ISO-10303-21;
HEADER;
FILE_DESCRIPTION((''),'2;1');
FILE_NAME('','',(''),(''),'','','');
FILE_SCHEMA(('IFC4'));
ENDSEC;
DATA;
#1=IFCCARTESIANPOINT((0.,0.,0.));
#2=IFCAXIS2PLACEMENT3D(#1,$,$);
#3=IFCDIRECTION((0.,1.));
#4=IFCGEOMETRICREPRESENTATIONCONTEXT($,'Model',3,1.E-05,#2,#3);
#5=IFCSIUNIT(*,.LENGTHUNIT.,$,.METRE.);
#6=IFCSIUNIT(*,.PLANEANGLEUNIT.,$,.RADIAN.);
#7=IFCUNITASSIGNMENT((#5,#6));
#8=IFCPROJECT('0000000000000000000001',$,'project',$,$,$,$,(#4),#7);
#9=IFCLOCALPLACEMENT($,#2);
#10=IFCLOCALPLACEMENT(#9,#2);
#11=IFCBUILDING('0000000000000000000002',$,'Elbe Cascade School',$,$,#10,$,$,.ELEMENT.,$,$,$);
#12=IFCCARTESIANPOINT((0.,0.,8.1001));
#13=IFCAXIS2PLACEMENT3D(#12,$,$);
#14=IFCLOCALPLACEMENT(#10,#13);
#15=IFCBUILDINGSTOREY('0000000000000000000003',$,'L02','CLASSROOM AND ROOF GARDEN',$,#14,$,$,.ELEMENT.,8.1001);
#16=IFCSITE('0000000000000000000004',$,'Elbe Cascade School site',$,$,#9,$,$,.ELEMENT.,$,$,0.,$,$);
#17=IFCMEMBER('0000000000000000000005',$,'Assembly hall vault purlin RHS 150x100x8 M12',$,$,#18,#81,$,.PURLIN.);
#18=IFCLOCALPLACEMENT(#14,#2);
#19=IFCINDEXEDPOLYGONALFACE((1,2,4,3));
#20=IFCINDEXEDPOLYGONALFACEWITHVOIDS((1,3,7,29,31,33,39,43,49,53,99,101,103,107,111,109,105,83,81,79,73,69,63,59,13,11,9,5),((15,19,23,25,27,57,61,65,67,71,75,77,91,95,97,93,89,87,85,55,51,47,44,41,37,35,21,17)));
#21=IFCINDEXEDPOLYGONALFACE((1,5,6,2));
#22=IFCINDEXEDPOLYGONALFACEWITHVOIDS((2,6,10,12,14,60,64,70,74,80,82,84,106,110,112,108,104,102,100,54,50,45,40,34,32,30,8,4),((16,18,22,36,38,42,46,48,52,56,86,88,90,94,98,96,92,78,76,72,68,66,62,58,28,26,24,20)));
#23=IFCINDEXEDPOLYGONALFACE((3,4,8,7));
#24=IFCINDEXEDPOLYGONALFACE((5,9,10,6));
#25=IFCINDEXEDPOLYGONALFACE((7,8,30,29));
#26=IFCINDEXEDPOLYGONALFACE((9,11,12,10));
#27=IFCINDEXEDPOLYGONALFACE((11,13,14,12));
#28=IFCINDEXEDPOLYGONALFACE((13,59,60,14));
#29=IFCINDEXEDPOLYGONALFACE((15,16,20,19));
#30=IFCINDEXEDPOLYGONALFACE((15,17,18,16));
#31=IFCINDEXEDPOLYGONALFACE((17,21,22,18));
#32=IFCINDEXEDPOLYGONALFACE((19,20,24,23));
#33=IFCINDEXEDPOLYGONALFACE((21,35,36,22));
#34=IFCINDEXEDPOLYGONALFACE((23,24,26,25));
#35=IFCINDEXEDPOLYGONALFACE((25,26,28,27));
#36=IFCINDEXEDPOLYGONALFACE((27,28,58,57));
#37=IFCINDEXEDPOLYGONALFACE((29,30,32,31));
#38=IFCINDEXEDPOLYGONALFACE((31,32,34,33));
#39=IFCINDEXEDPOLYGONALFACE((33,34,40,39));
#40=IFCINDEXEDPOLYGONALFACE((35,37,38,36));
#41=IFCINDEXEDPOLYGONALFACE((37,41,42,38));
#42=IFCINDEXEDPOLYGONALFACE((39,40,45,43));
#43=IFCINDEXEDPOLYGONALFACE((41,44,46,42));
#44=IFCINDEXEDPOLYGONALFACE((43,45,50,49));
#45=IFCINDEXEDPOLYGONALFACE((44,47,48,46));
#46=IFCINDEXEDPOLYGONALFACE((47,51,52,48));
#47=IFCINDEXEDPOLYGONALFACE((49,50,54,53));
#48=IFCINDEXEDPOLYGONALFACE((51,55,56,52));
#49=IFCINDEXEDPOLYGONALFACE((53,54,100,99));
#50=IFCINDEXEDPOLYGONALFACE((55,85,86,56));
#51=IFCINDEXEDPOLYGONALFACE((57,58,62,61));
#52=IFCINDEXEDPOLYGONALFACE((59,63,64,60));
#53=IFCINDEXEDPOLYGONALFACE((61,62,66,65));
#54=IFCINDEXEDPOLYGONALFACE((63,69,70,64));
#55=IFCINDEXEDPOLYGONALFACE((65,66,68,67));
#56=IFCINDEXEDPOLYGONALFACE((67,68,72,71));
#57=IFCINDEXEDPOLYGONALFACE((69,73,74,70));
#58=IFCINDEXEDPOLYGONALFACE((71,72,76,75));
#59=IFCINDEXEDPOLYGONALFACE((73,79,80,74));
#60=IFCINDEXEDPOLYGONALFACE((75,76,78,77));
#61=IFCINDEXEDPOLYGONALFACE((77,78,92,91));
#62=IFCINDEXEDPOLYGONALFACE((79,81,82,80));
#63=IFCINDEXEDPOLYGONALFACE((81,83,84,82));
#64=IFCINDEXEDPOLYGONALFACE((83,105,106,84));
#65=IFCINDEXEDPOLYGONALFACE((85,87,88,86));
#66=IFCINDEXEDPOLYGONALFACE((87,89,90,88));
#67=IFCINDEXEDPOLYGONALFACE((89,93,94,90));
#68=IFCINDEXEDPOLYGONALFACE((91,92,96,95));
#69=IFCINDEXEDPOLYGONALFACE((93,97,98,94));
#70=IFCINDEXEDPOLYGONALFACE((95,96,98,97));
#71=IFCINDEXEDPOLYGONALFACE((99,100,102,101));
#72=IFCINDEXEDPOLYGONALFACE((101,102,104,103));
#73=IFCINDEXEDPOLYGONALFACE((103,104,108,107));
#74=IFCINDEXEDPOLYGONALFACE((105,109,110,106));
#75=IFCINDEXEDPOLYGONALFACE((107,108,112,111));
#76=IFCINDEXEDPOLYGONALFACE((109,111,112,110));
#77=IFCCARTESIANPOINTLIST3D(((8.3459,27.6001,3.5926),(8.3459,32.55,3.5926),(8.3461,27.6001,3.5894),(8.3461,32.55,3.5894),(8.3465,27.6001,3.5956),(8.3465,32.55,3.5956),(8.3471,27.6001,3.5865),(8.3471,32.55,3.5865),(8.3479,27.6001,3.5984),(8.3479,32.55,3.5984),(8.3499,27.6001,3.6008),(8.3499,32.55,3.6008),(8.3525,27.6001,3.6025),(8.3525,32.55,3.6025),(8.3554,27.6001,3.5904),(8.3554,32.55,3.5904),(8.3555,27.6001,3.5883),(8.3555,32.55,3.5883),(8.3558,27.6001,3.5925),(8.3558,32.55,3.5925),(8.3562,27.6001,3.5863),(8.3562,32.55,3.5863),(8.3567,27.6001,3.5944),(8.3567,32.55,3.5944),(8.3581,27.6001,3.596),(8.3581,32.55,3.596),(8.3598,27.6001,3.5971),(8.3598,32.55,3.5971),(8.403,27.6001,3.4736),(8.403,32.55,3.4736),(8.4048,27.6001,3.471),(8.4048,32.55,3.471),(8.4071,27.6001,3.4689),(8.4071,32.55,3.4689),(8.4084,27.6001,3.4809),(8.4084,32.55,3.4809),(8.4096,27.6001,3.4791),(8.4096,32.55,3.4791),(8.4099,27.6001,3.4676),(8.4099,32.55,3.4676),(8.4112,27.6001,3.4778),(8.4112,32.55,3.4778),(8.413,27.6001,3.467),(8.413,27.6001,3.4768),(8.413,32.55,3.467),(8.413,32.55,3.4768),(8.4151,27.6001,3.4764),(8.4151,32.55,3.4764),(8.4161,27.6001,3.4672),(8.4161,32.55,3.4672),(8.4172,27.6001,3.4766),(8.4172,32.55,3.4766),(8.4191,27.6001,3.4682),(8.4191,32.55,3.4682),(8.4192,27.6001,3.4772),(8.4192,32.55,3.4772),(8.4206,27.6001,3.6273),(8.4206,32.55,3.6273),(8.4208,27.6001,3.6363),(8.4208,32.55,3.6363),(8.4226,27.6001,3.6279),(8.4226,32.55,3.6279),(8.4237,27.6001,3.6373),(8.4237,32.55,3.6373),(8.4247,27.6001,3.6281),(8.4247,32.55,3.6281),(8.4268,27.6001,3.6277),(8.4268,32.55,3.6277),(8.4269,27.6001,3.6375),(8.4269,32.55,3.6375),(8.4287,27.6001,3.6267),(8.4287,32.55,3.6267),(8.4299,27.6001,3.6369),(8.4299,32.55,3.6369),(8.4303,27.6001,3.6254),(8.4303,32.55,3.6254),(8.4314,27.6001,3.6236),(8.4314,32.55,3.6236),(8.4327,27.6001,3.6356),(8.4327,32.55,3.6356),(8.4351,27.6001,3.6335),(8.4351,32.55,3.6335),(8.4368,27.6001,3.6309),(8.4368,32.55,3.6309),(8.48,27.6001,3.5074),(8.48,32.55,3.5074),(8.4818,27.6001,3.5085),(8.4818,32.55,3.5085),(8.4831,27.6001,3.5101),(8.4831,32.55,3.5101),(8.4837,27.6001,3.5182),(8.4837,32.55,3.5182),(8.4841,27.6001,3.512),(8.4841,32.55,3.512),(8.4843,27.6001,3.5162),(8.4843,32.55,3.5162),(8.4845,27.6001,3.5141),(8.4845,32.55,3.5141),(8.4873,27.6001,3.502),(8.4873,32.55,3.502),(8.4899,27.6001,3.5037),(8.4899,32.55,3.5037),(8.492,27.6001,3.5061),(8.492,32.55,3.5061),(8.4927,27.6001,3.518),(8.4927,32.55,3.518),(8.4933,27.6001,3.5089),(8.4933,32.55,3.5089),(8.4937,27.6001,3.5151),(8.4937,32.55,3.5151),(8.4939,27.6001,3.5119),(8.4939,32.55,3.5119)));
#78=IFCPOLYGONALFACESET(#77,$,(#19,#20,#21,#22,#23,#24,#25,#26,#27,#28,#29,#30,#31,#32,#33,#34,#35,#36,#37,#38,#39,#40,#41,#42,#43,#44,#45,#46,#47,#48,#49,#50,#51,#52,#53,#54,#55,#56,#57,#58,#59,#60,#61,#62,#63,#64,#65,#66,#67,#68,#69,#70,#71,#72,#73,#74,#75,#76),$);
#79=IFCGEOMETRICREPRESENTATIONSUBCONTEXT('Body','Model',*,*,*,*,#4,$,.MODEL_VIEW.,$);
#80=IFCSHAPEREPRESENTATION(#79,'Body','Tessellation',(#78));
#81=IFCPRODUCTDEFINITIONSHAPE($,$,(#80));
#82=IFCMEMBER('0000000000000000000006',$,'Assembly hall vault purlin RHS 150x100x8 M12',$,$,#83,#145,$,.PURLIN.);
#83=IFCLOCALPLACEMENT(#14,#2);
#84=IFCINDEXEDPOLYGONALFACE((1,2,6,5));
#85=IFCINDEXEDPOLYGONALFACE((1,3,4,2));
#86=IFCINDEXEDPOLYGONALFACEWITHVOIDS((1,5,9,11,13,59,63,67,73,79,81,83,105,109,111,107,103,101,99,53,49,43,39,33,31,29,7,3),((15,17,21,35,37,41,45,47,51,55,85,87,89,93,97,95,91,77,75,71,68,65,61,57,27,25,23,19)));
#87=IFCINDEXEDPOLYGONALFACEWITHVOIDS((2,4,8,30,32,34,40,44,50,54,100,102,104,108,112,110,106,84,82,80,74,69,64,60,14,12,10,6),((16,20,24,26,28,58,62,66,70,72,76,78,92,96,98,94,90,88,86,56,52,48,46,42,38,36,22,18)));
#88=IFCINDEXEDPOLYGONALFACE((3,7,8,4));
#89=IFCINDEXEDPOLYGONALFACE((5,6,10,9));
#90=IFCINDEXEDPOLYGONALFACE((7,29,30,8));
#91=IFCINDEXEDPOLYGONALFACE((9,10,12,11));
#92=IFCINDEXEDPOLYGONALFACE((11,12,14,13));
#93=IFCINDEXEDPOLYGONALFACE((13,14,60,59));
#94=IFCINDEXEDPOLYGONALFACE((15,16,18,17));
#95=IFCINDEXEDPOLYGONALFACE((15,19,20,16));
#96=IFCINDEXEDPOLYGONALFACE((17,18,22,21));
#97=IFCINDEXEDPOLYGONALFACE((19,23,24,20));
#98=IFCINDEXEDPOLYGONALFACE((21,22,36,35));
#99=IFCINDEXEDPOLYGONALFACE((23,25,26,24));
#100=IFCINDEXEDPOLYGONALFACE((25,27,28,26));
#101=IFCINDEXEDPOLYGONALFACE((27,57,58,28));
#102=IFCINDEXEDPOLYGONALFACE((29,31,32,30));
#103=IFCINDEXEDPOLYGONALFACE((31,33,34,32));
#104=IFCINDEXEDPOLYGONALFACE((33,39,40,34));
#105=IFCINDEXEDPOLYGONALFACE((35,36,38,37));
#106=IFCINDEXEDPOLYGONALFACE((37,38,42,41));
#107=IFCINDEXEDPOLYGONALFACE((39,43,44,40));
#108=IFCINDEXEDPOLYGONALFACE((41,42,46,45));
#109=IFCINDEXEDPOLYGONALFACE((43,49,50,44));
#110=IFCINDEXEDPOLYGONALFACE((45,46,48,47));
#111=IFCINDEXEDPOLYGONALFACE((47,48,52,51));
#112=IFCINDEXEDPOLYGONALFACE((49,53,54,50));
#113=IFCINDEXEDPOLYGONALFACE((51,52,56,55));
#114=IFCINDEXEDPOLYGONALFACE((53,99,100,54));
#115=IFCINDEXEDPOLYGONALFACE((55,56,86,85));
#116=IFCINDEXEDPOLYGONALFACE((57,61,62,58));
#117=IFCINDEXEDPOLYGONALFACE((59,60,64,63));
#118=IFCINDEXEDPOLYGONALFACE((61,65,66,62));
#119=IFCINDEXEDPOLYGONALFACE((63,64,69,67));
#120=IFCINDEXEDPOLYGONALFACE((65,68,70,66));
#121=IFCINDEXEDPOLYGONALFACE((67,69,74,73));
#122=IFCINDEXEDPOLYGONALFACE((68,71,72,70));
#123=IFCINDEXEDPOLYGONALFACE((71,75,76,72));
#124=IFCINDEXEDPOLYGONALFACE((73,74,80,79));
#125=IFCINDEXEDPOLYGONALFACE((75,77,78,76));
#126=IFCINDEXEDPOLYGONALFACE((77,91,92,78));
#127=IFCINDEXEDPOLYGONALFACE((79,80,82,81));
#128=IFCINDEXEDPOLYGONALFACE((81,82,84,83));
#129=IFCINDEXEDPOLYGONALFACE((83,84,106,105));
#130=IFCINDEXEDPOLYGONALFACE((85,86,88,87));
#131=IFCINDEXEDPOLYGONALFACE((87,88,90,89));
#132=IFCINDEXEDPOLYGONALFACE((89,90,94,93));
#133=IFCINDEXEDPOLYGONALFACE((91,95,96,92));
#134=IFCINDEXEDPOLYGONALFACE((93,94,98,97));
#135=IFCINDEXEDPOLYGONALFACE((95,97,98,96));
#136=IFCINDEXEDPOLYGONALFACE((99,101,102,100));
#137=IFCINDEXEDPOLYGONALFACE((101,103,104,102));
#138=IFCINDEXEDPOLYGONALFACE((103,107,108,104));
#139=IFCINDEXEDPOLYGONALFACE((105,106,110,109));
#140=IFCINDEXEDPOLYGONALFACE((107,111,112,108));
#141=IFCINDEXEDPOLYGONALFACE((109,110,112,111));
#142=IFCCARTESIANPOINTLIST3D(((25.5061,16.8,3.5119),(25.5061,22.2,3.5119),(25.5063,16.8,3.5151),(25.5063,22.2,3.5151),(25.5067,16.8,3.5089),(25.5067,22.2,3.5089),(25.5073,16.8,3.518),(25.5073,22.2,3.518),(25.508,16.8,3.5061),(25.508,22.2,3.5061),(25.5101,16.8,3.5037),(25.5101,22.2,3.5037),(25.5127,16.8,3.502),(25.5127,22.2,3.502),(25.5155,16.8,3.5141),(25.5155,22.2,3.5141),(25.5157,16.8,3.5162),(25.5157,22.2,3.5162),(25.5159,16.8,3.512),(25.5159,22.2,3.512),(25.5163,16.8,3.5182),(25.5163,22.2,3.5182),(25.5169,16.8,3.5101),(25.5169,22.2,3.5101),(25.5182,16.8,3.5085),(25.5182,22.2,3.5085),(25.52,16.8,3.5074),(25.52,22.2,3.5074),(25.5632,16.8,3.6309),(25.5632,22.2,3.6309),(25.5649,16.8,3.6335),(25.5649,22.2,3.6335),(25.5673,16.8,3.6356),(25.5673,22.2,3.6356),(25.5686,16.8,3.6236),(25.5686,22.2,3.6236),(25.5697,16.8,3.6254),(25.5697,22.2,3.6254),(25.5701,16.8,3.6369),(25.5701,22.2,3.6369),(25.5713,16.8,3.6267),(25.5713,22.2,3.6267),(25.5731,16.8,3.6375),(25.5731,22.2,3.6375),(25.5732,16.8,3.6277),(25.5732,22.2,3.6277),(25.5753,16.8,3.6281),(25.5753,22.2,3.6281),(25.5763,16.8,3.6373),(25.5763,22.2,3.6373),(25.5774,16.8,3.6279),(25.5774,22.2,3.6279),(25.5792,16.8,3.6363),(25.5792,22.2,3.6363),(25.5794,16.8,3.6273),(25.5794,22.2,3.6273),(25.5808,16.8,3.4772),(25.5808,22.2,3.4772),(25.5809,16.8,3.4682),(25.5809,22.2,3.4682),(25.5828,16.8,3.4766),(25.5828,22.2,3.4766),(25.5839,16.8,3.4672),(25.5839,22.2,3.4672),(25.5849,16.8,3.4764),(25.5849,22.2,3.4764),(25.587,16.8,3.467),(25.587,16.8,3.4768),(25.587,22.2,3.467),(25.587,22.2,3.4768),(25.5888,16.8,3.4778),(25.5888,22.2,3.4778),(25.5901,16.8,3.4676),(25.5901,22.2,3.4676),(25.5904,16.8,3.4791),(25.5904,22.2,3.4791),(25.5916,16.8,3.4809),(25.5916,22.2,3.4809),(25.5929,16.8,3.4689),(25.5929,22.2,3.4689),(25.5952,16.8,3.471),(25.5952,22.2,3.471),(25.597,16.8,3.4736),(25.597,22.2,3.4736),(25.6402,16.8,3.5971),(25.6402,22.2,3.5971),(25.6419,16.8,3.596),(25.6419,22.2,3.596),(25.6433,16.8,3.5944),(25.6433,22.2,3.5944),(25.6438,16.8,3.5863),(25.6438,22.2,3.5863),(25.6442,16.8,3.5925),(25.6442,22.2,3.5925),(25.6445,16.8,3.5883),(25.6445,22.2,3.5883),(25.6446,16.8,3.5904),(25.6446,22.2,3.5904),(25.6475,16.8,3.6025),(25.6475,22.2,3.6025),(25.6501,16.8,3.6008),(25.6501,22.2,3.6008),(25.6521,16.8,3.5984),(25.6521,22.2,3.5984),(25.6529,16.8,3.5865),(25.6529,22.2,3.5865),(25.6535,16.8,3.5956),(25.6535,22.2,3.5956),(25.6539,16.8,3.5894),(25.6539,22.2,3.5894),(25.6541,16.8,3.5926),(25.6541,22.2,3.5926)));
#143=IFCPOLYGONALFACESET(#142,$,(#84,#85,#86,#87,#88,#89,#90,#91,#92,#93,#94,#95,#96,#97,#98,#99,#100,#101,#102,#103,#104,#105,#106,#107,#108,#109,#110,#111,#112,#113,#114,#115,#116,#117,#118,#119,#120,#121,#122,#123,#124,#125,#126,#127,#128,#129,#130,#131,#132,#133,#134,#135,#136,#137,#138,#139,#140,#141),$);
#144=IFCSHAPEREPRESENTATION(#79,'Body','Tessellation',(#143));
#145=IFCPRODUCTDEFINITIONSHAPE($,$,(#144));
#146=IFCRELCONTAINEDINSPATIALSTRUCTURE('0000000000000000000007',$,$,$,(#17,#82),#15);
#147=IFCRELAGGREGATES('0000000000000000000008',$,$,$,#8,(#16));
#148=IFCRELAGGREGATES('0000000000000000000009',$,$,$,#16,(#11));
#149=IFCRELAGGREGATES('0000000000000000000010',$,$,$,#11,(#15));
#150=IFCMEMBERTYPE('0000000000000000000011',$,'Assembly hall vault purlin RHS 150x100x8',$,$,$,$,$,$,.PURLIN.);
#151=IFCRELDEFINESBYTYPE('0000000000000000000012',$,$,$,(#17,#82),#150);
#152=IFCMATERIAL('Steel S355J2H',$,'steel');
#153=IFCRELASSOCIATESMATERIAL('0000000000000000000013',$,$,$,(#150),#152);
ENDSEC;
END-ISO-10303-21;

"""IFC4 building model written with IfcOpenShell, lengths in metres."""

from ifc_helpers import new_model, si_unit, direction, frame, origin, origin_2d, place, context, subcontext, project, spatial, hollow_rectangle, extrude, material, material_profile, profile_set, type_object, element, save


model = new_model("IFC4")

# Units and contexts
model_context = context("Model", 3, precision=1e-05, world=origin(), true_north=direction((0.0, 1.0)))
body_context = subcontext(model_context, "Body", "Model", "MODEL_VIEW")
ifc_project = project(units=[si_unit("LENGTHUNIT", "METRE"), si_unit("PLANEANGLEUNIT", "RADIAN")], contexts=[model_context])

# Site, building, storey
site_placement = place(None, origin())
site = spatial("IfcSite", under=ifc_project, at=site_placement, Name="Elbe Cascade School site", CompositionType="ELEMENT", RefElevation=0.0)
building_placement = place(site_placement, origin())
building = spatial("IfcBuilding", under=site, at=building_placement, Name="Elbe Cascade School", CompositionType="ELEMENT")
storey_placement = place(building_placement, frame((0.0, 0.0, 8.1001)))
storey = spatial("IfcBuildingStorey", under=building, at=storey_placement, Name="L02", Description="CLASSROOM AND ROOF GARDEN", CompositionType="ELEMENT", Elevation=8.1001)

# Members
ifc_material_1 = material(Name="Steel S355J2H", Category="steel")
ifc_material_profile_1 = material_profile(ifc_material_1, hollow_rectangle(XDim=0.1001, YDim=0.1499, WallThickness=0.0081, InnerFilletRadius=0.0081, OuterFilletRadius=0.012, at=origin_2d()), Name="RHS 150x100x8")
ifc_profile_set_1 = profile_set([ifc_material_profile_1], Name="Steel S355J2H")
member_type_1 = type_object("IfcMemberType", Name="Assembly hall vault purlin RHS 150x100x8", PredefinedType="PURLIN", material=ifc_profile_set_1)
member_1_placement = place(storey_placement, frame((8.4199, 27.6001, 3.5522), z_axis=(0.0, 1.0, 0.0), x_axis=(-0.896139, 0.0, -0.443774)))
element("IfcMember", 1, at=member_1_placement, inside=storey, type_object=member_type_1, Name="Assembly hall vault purlin RHS 150x100x8 M12", PredefinedType="PURLIN", context=body_context, shape_type="SweptSolid", body=[
    extrude(hollow_rectangle(XDim=0.1001, YDim=0.1499, WallThickness=0.0081, InnerFilletRadius=0.0081, OuterFilletRadius=0.012, at=origin_2d()), origin(), (0.0, 0.0, 1.0), 4.95),
])
member_2_placement = place(storey_placement, frame((25.5801, 16.8, 3.5522), z_axis=(0.0, 1.0, 0.0), x_axis=(-0.896151, 0.0, 0.44375)))
element("IfcMember", 2, at=member_2_placement, inside=storey, type_object=member_type_1, Name="Assembly hall vault purlin RHS 150x100x8 M12", PredefinedType="PURLIN", context=body_context, shape_type="SweptSolid", body=[
    extrude(hollow_rectangle(XDim=0.1001, YDim=0.1499, WallThickness=0.0081, InnerFilletRadius=0.0081, OuterFilletRadius=0.012, at=origin_2d()), origin(), (0.0, 0.0, 1.0), 5.3999),
])

save(model, "model.ifc")
